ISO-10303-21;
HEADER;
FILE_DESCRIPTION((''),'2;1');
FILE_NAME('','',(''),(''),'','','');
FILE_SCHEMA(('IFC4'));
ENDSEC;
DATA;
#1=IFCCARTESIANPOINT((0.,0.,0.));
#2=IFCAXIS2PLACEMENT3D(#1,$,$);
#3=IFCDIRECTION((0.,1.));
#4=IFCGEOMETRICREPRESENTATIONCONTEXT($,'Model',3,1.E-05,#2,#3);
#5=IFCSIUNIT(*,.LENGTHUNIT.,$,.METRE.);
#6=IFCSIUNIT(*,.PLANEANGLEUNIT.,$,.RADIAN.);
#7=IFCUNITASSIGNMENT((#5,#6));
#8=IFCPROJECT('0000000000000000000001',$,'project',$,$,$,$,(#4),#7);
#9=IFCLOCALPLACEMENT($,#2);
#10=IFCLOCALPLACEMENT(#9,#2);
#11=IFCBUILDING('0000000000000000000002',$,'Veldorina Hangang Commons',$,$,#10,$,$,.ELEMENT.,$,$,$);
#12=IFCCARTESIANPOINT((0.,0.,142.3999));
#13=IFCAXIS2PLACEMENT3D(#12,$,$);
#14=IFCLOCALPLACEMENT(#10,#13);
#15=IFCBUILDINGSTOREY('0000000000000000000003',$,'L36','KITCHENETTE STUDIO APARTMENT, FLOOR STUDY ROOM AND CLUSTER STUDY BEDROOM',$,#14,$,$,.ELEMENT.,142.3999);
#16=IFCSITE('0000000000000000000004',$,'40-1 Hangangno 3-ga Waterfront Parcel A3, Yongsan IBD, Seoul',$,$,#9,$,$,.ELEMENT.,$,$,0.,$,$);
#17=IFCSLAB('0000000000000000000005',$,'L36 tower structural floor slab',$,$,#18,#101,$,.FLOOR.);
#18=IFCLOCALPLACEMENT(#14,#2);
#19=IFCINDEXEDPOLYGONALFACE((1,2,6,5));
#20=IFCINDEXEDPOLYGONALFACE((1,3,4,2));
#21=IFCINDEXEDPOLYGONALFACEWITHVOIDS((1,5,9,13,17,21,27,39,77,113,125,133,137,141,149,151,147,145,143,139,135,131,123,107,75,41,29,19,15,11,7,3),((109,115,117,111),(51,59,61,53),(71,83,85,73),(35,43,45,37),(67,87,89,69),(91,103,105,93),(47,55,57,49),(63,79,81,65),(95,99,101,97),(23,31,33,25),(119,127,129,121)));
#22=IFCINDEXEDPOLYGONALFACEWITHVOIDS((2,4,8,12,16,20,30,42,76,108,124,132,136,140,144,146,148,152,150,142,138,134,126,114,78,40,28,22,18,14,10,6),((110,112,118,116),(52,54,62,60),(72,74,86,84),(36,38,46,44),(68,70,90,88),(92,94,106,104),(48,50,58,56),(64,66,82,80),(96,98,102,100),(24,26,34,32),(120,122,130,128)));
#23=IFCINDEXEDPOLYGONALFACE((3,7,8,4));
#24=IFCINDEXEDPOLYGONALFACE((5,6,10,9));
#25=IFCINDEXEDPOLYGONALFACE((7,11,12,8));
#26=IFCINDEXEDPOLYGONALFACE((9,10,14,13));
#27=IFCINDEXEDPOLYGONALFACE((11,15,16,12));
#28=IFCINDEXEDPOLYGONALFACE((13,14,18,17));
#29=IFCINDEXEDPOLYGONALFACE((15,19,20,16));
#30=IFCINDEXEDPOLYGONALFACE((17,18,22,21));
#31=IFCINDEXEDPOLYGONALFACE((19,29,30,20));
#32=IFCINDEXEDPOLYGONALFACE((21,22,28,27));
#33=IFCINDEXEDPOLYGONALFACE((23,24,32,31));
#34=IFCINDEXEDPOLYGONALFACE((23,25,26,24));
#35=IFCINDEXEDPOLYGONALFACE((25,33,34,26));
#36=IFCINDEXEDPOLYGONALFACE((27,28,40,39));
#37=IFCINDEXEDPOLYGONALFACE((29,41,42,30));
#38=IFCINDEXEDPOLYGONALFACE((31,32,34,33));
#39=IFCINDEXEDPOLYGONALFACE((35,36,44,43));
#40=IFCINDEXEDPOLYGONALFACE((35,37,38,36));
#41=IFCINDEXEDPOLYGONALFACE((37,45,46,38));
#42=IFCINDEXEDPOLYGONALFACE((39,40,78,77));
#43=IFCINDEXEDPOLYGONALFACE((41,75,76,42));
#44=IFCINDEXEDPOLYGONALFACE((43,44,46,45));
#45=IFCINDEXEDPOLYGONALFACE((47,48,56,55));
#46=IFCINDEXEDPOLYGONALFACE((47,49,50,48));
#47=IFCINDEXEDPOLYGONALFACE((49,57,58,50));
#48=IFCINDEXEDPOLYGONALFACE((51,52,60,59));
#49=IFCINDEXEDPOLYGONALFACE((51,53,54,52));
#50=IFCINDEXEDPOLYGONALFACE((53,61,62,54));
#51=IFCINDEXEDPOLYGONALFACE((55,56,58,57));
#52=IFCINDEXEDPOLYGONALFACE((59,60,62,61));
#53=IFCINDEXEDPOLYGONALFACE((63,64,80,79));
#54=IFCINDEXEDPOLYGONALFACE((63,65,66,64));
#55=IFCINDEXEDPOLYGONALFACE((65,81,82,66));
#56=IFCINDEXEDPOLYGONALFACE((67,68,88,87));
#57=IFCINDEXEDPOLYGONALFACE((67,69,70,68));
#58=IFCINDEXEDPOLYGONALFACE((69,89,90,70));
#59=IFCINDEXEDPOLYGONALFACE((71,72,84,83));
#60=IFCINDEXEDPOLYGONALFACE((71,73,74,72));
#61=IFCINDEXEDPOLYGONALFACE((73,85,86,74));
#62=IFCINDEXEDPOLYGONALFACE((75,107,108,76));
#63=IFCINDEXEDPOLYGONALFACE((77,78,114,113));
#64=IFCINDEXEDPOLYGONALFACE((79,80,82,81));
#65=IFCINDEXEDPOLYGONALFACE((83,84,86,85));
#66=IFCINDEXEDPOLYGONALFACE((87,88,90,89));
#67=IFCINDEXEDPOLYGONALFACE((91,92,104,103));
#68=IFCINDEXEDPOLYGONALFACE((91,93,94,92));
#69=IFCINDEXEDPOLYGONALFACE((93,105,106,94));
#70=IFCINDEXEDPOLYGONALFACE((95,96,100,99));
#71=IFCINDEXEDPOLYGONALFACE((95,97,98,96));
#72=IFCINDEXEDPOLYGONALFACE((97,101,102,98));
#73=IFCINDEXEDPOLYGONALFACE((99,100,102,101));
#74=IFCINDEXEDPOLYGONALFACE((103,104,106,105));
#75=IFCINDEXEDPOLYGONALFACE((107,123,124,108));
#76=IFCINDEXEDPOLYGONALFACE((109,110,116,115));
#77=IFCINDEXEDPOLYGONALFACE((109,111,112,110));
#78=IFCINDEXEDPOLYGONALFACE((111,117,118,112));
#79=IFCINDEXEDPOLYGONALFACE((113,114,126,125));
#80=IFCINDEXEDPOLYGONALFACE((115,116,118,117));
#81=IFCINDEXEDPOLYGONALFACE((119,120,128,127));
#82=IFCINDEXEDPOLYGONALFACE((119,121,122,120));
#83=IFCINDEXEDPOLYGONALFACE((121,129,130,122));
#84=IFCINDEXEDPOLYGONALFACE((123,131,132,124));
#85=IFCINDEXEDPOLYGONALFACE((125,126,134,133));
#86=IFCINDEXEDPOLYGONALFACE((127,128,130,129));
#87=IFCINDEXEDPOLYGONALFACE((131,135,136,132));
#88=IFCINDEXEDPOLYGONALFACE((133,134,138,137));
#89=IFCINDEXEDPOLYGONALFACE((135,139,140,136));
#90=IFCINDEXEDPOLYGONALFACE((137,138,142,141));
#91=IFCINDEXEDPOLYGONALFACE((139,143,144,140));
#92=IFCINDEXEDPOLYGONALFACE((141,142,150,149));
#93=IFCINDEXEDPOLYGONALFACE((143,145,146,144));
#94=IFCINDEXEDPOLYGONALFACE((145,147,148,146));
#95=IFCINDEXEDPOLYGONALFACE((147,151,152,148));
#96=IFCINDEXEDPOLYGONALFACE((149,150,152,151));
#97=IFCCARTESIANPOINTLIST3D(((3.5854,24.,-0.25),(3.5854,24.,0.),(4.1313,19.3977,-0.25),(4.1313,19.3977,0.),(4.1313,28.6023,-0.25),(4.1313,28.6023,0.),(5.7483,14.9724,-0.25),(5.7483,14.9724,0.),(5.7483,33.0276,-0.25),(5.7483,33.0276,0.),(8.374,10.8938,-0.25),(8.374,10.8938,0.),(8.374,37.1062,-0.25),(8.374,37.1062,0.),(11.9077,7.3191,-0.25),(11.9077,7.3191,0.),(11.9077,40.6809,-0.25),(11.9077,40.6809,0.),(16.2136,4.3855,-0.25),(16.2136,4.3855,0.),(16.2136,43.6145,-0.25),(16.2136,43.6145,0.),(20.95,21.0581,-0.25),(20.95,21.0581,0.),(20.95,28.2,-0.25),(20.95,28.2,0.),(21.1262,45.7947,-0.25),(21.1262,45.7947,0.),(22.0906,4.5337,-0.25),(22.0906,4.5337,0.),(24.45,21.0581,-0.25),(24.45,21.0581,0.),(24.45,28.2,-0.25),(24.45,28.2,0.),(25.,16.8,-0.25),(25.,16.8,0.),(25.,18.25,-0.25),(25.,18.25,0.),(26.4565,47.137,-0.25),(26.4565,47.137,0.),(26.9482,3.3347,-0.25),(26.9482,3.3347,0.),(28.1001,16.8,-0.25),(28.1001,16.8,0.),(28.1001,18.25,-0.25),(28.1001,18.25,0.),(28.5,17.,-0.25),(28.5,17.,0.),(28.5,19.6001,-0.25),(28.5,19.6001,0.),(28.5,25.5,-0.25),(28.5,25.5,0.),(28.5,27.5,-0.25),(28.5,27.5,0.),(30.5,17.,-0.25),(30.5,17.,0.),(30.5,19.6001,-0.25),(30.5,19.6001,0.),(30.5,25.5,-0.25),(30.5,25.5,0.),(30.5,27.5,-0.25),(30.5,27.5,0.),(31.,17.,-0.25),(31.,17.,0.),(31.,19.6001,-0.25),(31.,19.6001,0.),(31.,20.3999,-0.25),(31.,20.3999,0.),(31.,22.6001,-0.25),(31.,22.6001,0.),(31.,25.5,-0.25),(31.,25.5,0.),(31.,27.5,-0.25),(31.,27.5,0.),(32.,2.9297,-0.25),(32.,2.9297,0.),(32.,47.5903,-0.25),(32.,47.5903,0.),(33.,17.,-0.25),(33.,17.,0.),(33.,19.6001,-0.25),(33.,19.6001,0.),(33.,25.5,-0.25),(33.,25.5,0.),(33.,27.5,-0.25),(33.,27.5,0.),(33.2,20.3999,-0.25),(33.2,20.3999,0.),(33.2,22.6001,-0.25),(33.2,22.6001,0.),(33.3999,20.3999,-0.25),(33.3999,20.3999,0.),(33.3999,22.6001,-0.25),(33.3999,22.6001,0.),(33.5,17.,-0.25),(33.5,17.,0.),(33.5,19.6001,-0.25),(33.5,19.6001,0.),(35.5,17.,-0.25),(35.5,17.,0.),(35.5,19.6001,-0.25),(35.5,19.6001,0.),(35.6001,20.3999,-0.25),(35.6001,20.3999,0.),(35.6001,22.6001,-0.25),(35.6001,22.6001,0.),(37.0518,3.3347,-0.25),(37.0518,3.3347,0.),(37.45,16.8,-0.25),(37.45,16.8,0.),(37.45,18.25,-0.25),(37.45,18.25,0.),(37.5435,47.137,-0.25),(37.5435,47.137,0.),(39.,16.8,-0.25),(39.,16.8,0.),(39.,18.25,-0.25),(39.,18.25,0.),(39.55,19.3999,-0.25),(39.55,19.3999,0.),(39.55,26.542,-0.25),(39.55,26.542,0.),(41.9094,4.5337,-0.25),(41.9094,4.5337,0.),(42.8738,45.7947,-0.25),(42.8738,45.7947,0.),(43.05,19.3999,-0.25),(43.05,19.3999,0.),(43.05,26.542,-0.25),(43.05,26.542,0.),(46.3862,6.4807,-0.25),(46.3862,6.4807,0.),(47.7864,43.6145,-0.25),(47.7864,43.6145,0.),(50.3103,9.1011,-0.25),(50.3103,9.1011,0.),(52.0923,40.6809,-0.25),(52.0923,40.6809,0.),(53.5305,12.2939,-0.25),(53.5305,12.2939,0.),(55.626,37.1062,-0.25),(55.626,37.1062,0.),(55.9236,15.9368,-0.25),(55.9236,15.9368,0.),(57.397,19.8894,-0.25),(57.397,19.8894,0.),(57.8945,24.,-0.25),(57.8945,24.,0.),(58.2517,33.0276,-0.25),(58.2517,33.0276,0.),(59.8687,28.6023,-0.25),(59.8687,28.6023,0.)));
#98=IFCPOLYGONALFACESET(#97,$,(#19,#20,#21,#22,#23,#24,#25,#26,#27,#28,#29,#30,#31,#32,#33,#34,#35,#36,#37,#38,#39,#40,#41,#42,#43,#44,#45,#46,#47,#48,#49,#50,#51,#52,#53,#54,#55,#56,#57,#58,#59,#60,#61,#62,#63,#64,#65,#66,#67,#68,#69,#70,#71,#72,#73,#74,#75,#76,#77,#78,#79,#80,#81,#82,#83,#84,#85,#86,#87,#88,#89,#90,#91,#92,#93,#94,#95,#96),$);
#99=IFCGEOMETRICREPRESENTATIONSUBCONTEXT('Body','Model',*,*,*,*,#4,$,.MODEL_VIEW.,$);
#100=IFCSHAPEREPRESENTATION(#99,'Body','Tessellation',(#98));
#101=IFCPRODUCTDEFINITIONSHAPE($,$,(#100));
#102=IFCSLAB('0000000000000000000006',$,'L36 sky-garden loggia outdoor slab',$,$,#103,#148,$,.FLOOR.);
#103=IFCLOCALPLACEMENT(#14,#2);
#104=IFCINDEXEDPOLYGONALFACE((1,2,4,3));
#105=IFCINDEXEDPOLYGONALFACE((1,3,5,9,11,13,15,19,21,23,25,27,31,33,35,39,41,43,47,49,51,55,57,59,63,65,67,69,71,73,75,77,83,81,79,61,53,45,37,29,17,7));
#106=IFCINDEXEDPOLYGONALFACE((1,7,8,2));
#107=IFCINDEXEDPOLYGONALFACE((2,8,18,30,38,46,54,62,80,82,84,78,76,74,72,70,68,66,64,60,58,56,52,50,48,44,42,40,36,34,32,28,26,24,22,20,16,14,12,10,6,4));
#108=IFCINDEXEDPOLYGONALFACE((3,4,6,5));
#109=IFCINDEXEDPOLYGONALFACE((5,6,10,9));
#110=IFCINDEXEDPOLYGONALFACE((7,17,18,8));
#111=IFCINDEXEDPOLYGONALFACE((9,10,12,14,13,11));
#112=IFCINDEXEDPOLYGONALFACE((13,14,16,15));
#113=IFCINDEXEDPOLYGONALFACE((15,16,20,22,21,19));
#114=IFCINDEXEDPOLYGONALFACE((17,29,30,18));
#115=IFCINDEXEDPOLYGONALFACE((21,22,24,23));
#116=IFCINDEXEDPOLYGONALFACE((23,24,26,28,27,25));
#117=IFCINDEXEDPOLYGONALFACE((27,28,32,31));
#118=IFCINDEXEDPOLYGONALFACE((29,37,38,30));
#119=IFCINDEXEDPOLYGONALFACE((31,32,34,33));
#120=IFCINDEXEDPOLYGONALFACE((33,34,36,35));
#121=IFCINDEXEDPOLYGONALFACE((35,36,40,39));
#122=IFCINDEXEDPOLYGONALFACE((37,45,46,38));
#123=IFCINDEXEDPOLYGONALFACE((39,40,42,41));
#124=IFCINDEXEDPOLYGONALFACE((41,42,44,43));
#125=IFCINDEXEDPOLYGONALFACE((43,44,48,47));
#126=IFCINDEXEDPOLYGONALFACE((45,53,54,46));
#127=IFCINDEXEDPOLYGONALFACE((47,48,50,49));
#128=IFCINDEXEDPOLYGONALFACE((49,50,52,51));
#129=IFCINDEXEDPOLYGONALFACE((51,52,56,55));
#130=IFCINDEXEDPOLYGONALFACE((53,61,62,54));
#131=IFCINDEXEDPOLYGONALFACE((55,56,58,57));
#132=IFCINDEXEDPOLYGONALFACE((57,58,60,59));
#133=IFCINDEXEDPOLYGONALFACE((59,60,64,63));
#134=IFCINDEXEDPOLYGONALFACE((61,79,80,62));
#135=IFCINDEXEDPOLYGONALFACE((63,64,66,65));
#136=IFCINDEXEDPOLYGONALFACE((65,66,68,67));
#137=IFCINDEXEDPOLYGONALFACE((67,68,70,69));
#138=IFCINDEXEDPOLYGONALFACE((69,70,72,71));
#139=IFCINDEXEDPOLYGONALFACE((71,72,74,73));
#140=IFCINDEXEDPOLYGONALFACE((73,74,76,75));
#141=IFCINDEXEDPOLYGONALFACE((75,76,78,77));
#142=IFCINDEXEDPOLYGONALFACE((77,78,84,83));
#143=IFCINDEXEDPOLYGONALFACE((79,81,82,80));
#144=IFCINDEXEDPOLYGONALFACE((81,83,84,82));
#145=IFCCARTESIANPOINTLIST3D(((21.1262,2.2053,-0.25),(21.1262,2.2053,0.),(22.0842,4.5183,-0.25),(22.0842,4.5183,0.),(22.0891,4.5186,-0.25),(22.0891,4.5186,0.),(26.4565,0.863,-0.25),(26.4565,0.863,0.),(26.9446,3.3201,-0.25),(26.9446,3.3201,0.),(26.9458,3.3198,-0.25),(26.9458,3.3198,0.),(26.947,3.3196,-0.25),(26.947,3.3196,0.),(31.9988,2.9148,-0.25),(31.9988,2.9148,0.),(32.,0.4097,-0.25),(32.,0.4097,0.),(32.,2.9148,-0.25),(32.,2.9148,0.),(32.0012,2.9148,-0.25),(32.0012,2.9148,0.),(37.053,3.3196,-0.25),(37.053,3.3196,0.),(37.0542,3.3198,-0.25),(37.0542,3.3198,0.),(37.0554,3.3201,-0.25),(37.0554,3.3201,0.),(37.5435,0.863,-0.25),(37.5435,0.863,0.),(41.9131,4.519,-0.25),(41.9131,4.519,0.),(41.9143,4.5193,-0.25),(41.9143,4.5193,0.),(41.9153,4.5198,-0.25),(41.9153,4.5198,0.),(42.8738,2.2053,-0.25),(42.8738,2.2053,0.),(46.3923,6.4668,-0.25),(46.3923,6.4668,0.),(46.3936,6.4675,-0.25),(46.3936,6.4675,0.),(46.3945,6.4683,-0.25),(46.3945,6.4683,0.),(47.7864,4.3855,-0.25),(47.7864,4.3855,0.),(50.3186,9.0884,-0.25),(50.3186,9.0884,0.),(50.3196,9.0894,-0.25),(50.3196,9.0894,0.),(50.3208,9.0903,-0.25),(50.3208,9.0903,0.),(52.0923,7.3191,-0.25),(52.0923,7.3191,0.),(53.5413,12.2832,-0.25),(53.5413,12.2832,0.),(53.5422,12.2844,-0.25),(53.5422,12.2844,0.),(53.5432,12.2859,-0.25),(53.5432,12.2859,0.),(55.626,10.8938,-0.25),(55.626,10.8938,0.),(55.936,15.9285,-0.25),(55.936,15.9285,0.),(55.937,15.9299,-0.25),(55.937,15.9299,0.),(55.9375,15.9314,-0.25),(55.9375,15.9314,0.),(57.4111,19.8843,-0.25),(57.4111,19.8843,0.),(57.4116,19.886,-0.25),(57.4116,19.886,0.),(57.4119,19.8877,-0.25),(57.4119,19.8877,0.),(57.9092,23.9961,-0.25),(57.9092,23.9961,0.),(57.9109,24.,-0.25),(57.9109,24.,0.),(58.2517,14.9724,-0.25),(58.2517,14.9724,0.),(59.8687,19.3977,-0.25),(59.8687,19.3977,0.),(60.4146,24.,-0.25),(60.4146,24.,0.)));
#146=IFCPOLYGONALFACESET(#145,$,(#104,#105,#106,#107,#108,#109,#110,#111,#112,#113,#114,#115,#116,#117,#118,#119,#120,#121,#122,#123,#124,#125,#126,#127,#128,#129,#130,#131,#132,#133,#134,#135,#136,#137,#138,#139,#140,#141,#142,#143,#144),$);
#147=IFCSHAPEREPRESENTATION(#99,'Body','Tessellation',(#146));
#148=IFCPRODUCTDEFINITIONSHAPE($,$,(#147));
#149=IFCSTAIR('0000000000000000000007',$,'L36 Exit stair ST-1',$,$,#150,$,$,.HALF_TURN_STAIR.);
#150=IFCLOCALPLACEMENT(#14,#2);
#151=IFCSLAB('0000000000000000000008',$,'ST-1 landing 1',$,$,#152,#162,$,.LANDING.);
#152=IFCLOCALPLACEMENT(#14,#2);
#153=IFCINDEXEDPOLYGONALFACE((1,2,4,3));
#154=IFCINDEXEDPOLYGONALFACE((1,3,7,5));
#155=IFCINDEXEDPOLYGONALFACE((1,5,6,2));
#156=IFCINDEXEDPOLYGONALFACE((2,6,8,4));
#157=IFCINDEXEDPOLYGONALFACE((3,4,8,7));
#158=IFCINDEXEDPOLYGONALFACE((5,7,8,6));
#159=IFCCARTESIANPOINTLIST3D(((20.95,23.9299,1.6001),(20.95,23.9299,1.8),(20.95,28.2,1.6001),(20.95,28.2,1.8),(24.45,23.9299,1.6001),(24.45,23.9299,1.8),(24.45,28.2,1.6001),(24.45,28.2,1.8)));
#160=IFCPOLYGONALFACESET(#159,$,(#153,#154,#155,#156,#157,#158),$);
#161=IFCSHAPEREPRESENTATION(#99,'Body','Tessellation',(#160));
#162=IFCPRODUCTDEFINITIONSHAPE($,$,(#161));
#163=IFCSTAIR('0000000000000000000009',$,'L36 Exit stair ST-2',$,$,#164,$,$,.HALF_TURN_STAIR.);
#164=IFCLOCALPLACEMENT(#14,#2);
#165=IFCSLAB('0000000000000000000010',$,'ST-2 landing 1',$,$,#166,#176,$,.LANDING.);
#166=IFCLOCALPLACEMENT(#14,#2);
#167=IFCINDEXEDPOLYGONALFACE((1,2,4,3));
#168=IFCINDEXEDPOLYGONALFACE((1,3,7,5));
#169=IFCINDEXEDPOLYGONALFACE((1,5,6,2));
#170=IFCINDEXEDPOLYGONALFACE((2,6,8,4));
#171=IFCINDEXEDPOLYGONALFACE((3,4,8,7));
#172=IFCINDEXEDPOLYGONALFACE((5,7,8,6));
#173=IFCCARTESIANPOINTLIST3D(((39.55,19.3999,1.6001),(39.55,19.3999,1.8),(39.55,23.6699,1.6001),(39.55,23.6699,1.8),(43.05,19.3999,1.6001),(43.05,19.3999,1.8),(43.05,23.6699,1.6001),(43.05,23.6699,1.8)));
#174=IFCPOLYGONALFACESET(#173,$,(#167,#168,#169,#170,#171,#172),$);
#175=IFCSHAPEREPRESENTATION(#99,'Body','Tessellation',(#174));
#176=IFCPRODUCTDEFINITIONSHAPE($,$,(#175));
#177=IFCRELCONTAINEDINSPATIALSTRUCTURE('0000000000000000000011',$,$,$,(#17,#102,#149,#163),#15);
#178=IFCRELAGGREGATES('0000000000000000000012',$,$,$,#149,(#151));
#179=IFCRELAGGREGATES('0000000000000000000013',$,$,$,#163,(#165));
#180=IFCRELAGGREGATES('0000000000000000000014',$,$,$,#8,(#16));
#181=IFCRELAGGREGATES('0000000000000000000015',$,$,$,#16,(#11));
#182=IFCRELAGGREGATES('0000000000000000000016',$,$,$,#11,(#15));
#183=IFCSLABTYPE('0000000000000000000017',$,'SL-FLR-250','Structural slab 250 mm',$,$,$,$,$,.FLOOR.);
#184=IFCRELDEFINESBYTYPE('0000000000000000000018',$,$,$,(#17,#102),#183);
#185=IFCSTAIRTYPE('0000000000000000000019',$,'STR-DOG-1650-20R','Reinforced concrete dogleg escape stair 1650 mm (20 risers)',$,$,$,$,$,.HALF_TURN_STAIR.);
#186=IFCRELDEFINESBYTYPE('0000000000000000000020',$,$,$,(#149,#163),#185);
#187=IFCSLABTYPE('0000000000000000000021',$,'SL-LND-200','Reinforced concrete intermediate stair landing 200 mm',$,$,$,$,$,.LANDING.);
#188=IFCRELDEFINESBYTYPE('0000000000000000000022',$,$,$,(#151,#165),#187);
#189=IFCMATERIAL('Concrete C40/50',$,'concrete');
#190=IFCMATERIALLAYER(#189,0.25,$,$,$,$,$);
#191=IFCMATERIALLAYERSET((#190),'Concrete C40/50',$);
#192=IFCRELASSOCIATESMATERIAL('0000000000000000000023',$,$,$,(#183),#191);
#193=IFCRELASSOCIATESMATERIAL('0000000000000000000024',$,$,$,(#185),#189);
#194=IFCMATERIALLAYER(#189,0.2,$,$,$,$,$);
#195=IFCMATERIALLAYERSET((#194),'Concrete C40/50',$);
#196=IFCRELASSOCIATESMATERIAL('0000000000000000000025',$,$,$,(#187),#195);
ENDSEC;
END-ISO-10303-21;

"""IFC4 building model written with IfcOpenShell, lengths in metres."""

from ifc_helpers import new_model, si_unit, direction, frame, origin, place, context, subcontext, project, spatial, polyline, outline, extrude, material, layer, layer_set, type_object, element, aggregate, save


model = new_model("IFC4")

# Units and contexts
model_context = context("Model", 3, precision=1e-05, world=origin(), true_north=direction((0.0, 1.0)))
body_context = subcontext(model_context, "Body", "Model", "MODEL_VIEW")
ifc_project = project(units=[si_unit("LENGTHUNIT", "METRE"), si_unit("PLANEANGLEUNIT", "RADIAN")], contexts=[model_context])

# Site, building, storey
site_placement = place(None, origin())
site = spatial("IfcSite", under=ifc_project, at=site_placement, Name="40-1 Hangangno 3-ga Waterfront Parcel A3, Yongsan IBD, Seoul", CompositionType="ELEMENT", RefElevation=0.0)
building_placement = place(site_placement, origin())
building = spatial("IfcBuilding", under=site, at=building_placement, Name="Veldorina Hangang Commons", CompositionType="ELEMENT")
storey_placement = place(building_placement, frame((0.0, 0.0, 142.3999)))
storey = spatial("IfcBuildingStorey", under=building, at=storey_placement, Name="L36", Description="KITCHENETTE STUDIO APARTMENT, FLOOR STUDY ROOM AND CLUSTER STUDY BEDROOM", CompositionType="ELEMENT", Elevation=142.3999)

# Slabs
ifc_material_1 = material(Name="Concrete C40/50", Category="concrete")
ifc_layer_1 = layer(ifc_material_1, 0.25)
ifc_layer_set_1 = layer_set([ifc_layer_1], Name="Concrete C40/50")
slab_type_1 = type_object("IfcSlabType", Name="SL-FLR-250", Description="Structural slab 250 mm", PredefinedType="FLOOR", material=ifc_layer_set_1)
slab_1_placement = place(storey_placement, frame((0.0, 0.0, -0.25)))
element("IfcSlab", 1, at=slab_1_placement, inside=storey, type_object=slab_type_1, Name="L36 tower structural floor slab", PredefinedType="FLOOR", context=body_context, shape_type="SweptSolid", body=[
    extrude(outline(polyline([(57.8945, 24.0), (59.8687, 28.6023), (58.2517, 33.0276), (55.626, 37.1062), (52.0923, 40.6809), (47.7864, 43.6145), (42.8738, 45.7947), (37.5435, 47.137), (32.0, 47.5903), (26.4565, 47.137), (21.1262, 45.7947), (16.2136, 43.6145), (11.9077, 40.6809), (8.374, 37.1062), (5.7483, 33.0276), (4.1313, 28.6023), (3.5854, 24.0), (4.1313, 19.3977), (5.7483, 14.9724), (8.374, 10.8938), (11.9077, 7.3191), (16.2136, 4.3855), (22.0906, 4.5337), (26.9482, 3.3347), (32.0, 2.9297), (37.0518, 3.3347), (41.9094, 4.5337), (46.3862, 6.4807), (50.3103, 9.1011), (53.5305, 12.2939), (55.9236, 15.9368), (57.397, 19.8894), (57.8945, 24.0)]), holes=[polyline([(20.95, 21.0581), (20.95, 28.2), (24.45, 28.2), (24.45, 21.0581), (20.95, 21.0581)]), polyline([(43.05, 26.542), (43.05, 19.3999), (39.55, 19.3999), (39.55, 26.542), (43.05, 26.542)]), polyline([(28.5, 27.5), (30.5, 27.5), (30.5, 25.5), (28.5, 25.5), (28.5, 27.5)]), polyline([(31.0, 27.5), (33.0, 27.5), (33.0, 25.5), (31.0, 25.5), (31.0, 27.5)]), polyline([(31.0, 22.6001), (33.2, 22.6001), (33.2, 20.3999), (31.0, 20.3999), (31.0, 22.6001)]), polyline([(33.3999, 22.6001), (35.6001, 22.6001), (35.6001, 20.3999), (33.3999, 20.3999), (33.3999, 22.6001)]), polyline([(28.5, 19.6001), (30.5, 19.6001), (30.5, 17.0), (28.5, 17.0), (28.5, 19.6001)]), polyline([(31.0, 19.6001), (33.0, 19.6001), (33.0, 17.0), (31.0, 17.0), (31.0, 19.6001)]), polyline([(33.5, 19.6001), (35.5, 19.6001), (35.5, 17.0), (33.5, 17.0), (33.5, 19.6001)]), polyline([(25.0, 18.25), (28.1001, 18.25), (28.1001, 16.8), (25.0, 16.8), (25.0, 18.25)]), polyline([(37.45, 18.25), (39.0, 18.25), (39.0, 16.8), (37.45, 16.8), (37.45, 18.25)])]), origin(), (0.0, 0.0, 1.0), 0.25),
])
slab_2_placement = place(storey_placement, frame((0.0, 0.0, -0.25)))
element("IfcSlab", 2, at=slab_2_placement, inside=storey, type_object=slab_type_1, Name="L36 sky-garden loggia outdoor slab", PredefinedType="FLOOR", context=body_context, shape_type="SweptSolid", body=[
    extrude(outline(polyline([(60.4146, 24.0), (59.8687, 19.3977), (58.2517, 14.9724), (55.626, 10.8938), (52.0923, 7.3191), (47.7864, 4.3855), (42.8738, 2.2053), (37.5435, 0.863), (32.0, 0.4097), (26.4565, 0.863), (21.1262, 2.2053), (22.0842, 4.5183), (22.0891, 4.5186), (26.9446, 3.3201), (26.9458, 3.3198), (26.947, 3.3196), (31.9988, 2.9148), (32.0, 2.9148), (32.0012, 2.9148), (37.053, 3.3196), (37.0542, 3.3198), (37.0554, 3.3201), (41.9131, 4.519), (41.9143, 4.5193), (41.9153, 4.5198), (46.3923, 6.4668), (46.3936, 6.4675), (46.3945, 6.4683), (50.3186, 9.0884), (50.3196, 9.0894), (50.3208, 9.0903), (53.5413, 12.2832), (53.5422, 12.2844), (53.5432, 12.2859), (55.936, 15.9285), (55.937, 15.9299), (55.9375, 15.9314), (57.4111, 19.8843), (57.4116, 19.886), (57.4119, 19.8877), (57.9092, 23.9961), (57.9109, 24.0), (60.4146, 24.0)])), origin(), (0.0, 0.0, 1.0), 0.25),
])

# Stairs, slabs
stair_type = type_object("IfcStairType", Name="STR-DOG-1650-20R", Description="Reinforced concrete dogleg escape stair 1650 mm (20 risers)", PredefinedType="HALF_TURN_STAIR", material=ifc_material_1)
stair_1_placement = place(storey_placement, origin())
stair_1 = element("IfcStair", 3, at=stair_1_placement, inside=storey, type_object=stair_type, Name="L36 Exit stair ST-1", PredefinedType="HALF_TURN_STAIR")
ifc_layer_2 = layer(ifc_material_1, 0.2)
ifc_layer_set_2 = layer_set([ifc_layer_2], Name="Concrete C40/50")
slab_type_2 = type_object("IfcSlabType", Name="SL-LND-200", Description="Reinforced concrete intermediate stair landing 200 mm", PredefinedType="LANDING", material=ifc_layer_set_2)
slab_3_placement = place(storey_placement, frame((0.0, 0.0, 1.6001)))
slab_3 = element("IfcSlab", 4, at=slab_3_placement, type_object=slab_type_2, Name="ST-1 landing 1", PredefinedType="LANDING", context=body_context, shape_type="SweptSolid", body=[
    extrude(outline(polyline([(24.45, 23.9299), (24.45, 28.2), (20.95, 28.2), (20.95, 23.9299), (24.45, 23.9299)])), origin(), (0.0, 0.0, 1.0), 0.2),
])
aggregate(stair_1, [slab_3])
stair_2_placement = place(storey_placement, origin())
stair_2 = element("IfcStair", 5, at=stair_2_placement, inside=storey, type_object=stair_type, Name="L36 Exit stair ST-2", PredefinedType="HALF_TURN_STAIR")
slab_4_placement = place(storey_placement, frame((0.0, 0.0, 1.6001)))
slab_4 = element("IfcSlab", 6, at=slab_4_placement, type_object=slab_type_2, Name="ST-2 landing 1", PredefinedType="LANDING", context=body_context, shape_type="SweptSolid", body=[
    extrude(outline(polyline([(39.55, 23.6699), (39.55, 19.3999), (43.05, 19.3999), (43.05, 23.6699), (39.55, 23.6699)])), origin(), (0.0, 0.0, 1.0), 0.2),
])
aggregate(stair_2, [slab_4])

save(model, "model.ifc")
